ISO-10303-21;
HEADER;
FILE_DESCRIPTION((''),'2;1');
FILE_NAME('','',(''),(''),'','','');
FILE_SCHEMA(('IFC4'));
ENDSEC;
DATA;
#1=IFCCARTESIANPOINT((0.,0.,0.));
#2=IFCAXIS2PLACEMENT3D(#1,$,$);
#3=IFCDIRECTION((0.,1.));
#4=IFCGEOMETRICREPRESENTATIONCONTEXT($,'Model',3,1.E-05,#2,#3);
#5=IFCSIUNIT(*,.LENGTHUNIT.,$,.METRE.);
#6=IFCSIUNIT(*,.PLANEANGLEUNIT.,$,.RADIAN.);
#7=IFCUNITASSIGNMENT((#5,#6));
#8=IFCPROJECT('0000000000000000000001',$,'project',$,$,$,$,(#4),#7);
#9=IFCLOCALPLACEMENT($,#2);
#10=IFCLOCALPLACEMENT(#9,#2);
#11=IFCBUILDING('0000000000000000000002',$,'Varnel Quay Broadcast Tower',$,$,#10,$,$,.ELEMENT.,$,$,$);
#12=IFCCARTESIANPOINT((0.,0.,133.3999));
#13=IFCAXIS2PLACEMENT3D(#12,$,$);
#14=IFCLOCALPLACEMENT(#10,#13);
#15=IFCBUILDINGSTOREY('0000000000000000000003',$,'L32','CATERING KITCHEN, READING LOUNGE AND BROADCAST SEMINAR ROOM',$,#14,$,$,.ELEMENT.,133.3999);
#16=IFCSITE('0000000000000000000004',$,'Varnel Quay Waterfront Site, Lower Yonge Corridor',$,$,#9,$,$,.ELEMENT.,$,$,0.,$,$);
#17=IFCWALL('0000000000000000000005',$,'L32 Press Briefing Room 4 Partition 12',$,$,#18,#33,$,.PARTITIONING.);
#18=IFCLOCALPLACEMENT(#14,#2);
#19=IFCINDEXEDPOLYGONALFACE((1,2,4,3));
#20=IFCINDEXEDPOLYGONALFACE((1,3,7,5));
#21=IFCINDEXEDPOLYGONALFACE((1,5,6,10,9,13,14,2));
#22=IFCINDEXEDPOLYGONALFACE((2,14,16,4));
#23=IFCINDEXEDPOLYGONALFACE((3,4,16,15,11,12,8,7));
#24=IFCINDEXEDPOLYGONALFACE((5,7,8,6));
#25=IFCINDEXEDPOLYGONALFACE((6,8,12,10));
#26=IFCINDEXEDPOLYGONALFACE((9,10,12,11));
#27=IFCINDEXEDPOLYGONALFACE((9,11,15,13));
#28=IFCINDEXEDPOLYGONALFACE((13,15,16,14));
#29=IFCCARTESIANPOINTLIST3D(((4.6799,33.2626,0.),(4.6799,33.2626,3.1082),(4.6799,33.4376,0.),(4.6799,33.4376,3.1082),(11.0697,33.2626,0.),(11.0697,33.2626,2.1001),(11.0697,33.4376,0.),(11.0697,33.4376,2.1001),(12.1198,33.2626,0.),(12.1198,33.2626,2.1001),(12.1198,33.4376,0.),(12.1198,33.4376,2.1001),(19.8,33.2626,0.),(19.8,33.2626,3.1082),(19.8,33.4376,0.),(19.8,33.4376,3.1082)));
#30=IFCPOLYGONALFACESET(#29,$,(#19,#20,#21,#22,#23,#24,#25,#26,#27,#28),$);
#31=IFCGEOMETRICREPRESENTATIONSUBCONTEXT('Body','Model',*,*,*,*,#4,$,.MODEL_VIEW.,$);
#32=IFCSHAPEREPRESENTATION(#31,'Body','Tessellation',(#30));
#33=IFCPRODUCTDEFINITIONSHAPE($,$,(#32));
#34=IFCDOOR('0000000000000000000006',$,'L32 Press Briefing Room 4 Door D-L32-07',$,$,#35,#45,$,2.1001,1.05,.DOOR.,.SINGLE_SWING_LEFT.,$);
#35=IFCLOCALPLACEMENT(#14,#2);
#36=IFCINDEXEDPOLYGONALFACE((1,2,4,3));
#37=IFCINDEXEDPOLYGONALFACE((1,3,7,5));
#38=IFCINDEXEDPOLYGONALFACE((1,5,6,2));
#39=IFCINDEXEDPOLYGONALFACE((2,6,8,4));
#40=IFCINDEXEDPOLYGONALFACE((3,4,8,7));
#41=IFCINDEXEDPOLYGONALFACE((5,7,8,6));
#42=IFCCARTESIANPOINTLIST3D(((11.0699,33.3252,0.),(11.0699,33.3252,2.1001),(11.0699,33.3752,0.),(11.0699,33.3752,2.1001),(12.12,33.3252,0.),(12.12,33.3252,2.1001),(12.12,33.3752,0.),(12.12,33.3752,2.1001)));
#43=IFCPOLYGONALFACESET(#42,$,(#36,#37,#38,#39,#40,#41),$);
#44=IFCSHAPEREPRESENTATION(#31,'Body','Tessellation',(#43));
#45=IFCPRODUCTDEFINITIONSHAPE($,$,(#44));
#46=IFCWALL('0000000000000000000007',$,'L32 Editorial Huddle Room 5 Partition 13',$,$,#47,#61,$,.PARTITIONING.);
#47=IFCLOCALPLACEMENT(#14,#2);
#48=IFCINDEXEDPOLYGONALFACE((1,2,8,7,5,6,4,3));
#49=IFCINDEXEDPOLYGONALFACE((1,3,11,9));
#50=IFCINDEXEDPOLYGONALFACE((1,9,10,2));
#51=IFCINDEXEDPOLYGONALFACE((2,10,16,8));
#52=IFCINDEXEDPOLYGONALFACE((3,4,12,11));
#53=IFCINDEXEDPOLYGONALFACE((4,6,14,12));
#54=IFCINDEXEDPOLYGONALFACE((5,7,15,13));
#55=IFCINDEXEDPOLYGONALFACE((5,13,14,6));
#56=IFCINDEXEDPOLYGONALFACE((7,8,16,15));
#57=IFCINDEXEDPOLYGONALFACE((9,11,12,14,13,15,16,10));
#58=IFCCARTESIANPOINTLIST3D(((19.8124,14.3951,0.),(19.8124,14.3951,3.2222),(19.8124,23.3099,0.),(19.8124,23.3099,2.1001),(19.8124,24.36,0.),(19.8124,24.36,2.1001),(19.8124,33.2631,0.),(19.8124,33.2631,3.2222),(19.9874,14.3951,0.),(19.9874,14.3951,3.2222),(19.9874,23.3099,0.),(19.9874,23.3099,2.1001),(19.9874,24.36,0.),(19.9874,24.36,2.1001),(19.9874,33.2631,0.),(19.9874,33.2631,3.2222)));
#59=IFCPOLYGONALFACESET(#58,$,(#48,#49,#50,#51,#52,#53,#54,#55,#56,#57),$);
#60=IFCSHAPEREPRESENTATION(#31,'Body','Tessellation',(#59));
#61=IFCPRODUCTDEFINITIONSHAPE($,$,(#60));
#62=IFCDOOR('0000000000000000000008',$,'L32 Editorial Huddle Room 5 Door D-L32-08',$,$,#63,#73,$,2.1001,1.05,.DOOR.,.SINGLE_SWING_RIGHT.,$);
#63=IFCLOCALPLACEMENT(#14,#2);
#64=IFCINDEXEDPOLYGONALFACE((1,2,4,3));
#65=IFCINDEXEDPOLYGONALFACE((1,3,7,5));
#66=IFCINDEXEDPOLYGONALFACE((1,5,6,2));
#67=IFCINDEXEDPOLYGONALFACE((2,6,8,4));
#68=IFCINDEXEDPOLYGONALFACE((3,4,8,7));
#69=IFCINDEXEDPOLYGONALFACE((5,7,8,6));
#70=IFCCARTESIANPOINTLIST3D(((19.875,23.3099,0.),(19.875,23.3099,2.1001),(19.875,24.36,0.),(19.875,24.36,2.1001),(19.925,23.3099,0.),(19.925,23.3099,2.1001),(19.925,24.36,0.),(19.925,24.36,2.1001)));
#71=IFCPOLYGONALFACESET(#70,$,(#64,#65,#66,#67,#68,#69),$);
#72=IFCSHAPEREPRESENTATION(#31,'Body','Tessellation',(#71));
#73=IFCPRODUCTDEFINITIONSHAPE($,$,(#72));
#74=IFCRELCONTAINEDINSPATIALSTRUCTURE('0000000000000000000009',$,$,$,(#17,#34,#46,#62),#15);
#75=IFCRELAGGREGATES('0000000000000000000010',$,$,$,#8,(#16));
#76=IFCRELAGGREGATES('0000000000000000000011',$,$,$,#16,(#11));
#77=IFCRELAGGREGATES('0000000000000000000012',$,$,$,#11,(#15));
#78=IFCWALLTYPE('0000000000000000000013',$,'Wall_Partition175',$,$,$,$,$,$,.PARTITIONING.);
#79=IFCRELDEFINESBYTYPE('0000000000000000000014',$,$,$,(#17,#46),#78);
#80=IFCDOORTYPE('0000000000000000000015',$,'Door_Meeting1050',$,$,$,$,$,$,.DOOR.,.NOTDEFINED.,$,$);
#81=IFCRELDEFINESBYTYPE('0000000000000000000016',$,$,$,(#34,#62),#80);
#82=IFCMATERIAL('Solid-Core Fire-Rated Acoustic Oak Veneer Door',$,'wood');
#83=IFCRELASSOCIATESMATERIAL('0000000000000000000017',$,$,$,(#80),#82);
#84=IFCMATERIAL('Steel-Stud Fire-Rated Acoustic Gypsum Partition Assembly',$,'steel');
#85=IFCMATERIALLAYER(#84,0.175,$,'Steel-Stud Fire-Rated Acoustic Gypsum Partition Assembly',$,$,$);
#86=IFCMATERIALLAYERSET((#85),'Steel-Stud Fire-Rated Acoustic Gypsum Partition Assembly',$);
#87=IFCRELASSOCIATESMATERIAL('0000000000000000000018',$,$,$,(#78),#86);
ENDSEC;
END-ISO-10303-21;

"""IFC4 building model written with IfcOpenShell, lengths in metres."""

from ifc_helpers import new_model, si_unit, direction, frame, frame_2d, origin, place, context, subcontext, project, spatial, rectangle, extrude, source, transform, mapped, material, layer, layer_set, type_object, type_shapes, element, fill, save


model = new_model("IFC4")

# Units and contexts
model_context = context("Model", 3, precision=1e-05, world=origin(), true_north=direction((0.0, 1.0)))
body_context = subcontext(model_context, "Body", "Model", "MODEL_VIEW")
ifc_project = project(units=[si_unit("LENGTHUNIT", "METRE"), si_unit("PLANEANGLEUNIT", "RADIAN")], contexts=[model_context])

# Site, building, storey
site_placement = place(None, origin())
site = spatial("IfcSite", under=ifc_project, at=site_placement, Name="Varnel Quay Waterfront Site, Lower Yonge Corridor", CompositionType="ELEMENT", RefElevation=0.0)
building_placement = place(site_placement, origin())
building = spatial("IfcBuilding", under=site, at=building_placement, Name="Varnel Quay Broadcast Tower", CompositionType="ELEMENT")
storey_placement = place(building_placement, frame((0.0, 0.0, 133.3999)))
storey = spatial("IfcBuildingStorey", under=building, at=storey_placement, Name="L32", Description="CATERING KITCHEN, READING LOUNGE AND BROADCAST SEMINAR ROOM", CompositionType="ELEMENT", Elevation=133.3999)

# Shared definitions
ifc_material_1 = material(Name="Steel-Stud Fire-Rated Acoustic Gypsum Partition Assembly", Category="steel")
ifc_material_2 = material(Name="Solid-Core Fire-Rated Acoustic Oak Veneer Door", Category="wood")
door_type_1 = type_object("IfcDoorType", Name="Door_Meeting1050", OperationType="NOTDEFINED", PredefinedType="DOOR", material=ifc_material_2)
shared_shape_1 = source(origin(), body_context, "Body", "SweptSolid", [
    extrude(rectangle(XDim=1.05, YDim=2.1001, at=frame_2d((0.5249, 1.05))), frame((0.0, 0.0249, 0.0), z_axis=(0.0, -1.0, 0.0), x_axis=(1.0, 0.0, 0.0)), (0.0, 0.0, 1.0), 0.05),
])
type_shapes(door_type_1, [shared_shape_1])

# Shared definitions
ifc_layer_1 = layer(ifc_material_1, 0.175, Name="Steel-Stud Fire-Rated Acoustic Gypsum Partition Assembly")
ifc_layer_set_1 = layer_set([ifc_layer_1], Name="Steel-Stud Fire-Rated Acoustic Gypsum Partition Assembly")
wall_type_1 = type_object("IfcWallType", Name="Wall_Partition175", PredefinedType="PARTITIONING", material=ifc_layer_set_1)

# Walls, openings, doors
wall_1_placement = place(storey_placement, frame((4.6799, 33.3501, 0.0), z_axis=(0.0, 0.0, 1.0), x_axis=(1.0, 0.0, 0.0)))
wall_1 = element("IfcWall", 1, at=wall_1_placement, inside=storey, type_object=wall_type_1, Name="L32 Press Briefing Room 4 Partition 12", PredefinedType="PARTITIONING", context=body_context, shape_type="SweptSolid", body=[
    extrude(rectangle(XDim=15.1201, YDim=0.175, at=frame_2d((7.5601, 0.0))), origin(), (0.0, 0.0, 1.0), 3.1082),
])
opening_1_placement = place(wall_1_placement, frame((6.3899, 0.0, 0.0)))
opening_1 = element("IfcOpeningElement", 2, at=opening_1_placement, cuts=wall_1, PredefinedType="OPENING", context=body_context, shape_type="SweptSolid", body=[
    extrude(rectangle(XDim=1.05, YDim=2.1001, at=frame_2d((0.5249, 1.05))), frame((0.0, 0.0977, 0.0), z_axis=(0.0, -1.0, 0.0), x_axis=(1.0, 0.0, 0.0)), (0.0, 0.0, 1.0), 0.1951),
])
door_1_placement = place(opening_1_placement, frame((1.05, 0.0, 0.0), z_axis=(0.0, 0.0, 1.0), x_axis=(-1.0, 0.0, 0.0)))
door_1 = element("IfcDoor", 3, at=door_1_placement, inside=storey, type_object=door_type_1, Name="L32 Press Briefing Room 4 Door D-L32-07", OperationType="SINGLE_SWING_LEFT", OverallHeight=2.1001, OverallWidth=1.05, PredefinedType="DOOR", context=body_context, shape_type="MappedRepresentation", body=[
    mapped(shared_shape_1, transform((0.0, 0.0, 0.0), x_axis=(1.0, 0.0, 0.0), y_axis=(0.0, 1.0, 0.0), z_axis=(0.0, 0.0, 1.0), scale=1.0)),
])
fill(opening_1, door_1)
wall_2_placement = place(storey_placement, frame((19.8999, 14.395, 0.0), z_axis=(0.0, 0.0, 1.0), x_axis=(0.0, 1.0, 0.0)))
wall_2 = element("IfcWall", 4, at=wall_2_placement, inside=storey, type_object=wall_type_1, Name="L32 Editorial Huddle Room 5 Partition 13", PredefinedType="PARTITIONING", context=body_context, shape_type="SweptSolid", body=[
    extrude(rectangle(XDim=18.8679, YDim=0.175, at=frame_2d((9.4341, 0.0))), origin(), (0.0, 0.0, 1.0), 3.2222),
])
opening_2_placement = place(wall_2_placement, frame((8.915, 0.0, 0.0)))
opening_2 = element("IfcOpeningElement", 5, at=opening_2_placement, cuts=wall_2, PredefinedType="OPENING", context=body_context, shape_type="SweptSolid", body=[
    extrude(rectangle(XDim=1.05, YDim=2.1001, at=frame_2d((0.5249, 1.05))), frame((0.0, 0.0977, 0.0), z_axis=(0.0, -1.0, 0.0), x_axis=(1.0, 0.0, 0.0)), (0.0, 0.0, 1.0), 0.1951),
])
door_2_placement = place(opening_2_placement, origin())
door_2 = element("IfcDoor", 6, at=door_2_placement, inside=storey, type_object=door_type_1, Name="L32 Editorial Huddle Room 5 Door D-L32-08", OperationType="SINGLE_SWING_RIGHT", OverallHeight=2.1001, OverallWidth=1.05, PredefinedType="DOOR", context=body_context, shape_type="MappedRepresentation", body=[
    mapped(shared_shape_1, transform((0.0, 0.0, 0.0), x_axis=(1.0, 0.0, 0.0), y_axis=(0.0, 1.0, 0.0), z_axis=(0.0, 0.0, 1.0), scale=1.0)),
])
fill(opening_2, door_2)

save(model, "model.ifc")
